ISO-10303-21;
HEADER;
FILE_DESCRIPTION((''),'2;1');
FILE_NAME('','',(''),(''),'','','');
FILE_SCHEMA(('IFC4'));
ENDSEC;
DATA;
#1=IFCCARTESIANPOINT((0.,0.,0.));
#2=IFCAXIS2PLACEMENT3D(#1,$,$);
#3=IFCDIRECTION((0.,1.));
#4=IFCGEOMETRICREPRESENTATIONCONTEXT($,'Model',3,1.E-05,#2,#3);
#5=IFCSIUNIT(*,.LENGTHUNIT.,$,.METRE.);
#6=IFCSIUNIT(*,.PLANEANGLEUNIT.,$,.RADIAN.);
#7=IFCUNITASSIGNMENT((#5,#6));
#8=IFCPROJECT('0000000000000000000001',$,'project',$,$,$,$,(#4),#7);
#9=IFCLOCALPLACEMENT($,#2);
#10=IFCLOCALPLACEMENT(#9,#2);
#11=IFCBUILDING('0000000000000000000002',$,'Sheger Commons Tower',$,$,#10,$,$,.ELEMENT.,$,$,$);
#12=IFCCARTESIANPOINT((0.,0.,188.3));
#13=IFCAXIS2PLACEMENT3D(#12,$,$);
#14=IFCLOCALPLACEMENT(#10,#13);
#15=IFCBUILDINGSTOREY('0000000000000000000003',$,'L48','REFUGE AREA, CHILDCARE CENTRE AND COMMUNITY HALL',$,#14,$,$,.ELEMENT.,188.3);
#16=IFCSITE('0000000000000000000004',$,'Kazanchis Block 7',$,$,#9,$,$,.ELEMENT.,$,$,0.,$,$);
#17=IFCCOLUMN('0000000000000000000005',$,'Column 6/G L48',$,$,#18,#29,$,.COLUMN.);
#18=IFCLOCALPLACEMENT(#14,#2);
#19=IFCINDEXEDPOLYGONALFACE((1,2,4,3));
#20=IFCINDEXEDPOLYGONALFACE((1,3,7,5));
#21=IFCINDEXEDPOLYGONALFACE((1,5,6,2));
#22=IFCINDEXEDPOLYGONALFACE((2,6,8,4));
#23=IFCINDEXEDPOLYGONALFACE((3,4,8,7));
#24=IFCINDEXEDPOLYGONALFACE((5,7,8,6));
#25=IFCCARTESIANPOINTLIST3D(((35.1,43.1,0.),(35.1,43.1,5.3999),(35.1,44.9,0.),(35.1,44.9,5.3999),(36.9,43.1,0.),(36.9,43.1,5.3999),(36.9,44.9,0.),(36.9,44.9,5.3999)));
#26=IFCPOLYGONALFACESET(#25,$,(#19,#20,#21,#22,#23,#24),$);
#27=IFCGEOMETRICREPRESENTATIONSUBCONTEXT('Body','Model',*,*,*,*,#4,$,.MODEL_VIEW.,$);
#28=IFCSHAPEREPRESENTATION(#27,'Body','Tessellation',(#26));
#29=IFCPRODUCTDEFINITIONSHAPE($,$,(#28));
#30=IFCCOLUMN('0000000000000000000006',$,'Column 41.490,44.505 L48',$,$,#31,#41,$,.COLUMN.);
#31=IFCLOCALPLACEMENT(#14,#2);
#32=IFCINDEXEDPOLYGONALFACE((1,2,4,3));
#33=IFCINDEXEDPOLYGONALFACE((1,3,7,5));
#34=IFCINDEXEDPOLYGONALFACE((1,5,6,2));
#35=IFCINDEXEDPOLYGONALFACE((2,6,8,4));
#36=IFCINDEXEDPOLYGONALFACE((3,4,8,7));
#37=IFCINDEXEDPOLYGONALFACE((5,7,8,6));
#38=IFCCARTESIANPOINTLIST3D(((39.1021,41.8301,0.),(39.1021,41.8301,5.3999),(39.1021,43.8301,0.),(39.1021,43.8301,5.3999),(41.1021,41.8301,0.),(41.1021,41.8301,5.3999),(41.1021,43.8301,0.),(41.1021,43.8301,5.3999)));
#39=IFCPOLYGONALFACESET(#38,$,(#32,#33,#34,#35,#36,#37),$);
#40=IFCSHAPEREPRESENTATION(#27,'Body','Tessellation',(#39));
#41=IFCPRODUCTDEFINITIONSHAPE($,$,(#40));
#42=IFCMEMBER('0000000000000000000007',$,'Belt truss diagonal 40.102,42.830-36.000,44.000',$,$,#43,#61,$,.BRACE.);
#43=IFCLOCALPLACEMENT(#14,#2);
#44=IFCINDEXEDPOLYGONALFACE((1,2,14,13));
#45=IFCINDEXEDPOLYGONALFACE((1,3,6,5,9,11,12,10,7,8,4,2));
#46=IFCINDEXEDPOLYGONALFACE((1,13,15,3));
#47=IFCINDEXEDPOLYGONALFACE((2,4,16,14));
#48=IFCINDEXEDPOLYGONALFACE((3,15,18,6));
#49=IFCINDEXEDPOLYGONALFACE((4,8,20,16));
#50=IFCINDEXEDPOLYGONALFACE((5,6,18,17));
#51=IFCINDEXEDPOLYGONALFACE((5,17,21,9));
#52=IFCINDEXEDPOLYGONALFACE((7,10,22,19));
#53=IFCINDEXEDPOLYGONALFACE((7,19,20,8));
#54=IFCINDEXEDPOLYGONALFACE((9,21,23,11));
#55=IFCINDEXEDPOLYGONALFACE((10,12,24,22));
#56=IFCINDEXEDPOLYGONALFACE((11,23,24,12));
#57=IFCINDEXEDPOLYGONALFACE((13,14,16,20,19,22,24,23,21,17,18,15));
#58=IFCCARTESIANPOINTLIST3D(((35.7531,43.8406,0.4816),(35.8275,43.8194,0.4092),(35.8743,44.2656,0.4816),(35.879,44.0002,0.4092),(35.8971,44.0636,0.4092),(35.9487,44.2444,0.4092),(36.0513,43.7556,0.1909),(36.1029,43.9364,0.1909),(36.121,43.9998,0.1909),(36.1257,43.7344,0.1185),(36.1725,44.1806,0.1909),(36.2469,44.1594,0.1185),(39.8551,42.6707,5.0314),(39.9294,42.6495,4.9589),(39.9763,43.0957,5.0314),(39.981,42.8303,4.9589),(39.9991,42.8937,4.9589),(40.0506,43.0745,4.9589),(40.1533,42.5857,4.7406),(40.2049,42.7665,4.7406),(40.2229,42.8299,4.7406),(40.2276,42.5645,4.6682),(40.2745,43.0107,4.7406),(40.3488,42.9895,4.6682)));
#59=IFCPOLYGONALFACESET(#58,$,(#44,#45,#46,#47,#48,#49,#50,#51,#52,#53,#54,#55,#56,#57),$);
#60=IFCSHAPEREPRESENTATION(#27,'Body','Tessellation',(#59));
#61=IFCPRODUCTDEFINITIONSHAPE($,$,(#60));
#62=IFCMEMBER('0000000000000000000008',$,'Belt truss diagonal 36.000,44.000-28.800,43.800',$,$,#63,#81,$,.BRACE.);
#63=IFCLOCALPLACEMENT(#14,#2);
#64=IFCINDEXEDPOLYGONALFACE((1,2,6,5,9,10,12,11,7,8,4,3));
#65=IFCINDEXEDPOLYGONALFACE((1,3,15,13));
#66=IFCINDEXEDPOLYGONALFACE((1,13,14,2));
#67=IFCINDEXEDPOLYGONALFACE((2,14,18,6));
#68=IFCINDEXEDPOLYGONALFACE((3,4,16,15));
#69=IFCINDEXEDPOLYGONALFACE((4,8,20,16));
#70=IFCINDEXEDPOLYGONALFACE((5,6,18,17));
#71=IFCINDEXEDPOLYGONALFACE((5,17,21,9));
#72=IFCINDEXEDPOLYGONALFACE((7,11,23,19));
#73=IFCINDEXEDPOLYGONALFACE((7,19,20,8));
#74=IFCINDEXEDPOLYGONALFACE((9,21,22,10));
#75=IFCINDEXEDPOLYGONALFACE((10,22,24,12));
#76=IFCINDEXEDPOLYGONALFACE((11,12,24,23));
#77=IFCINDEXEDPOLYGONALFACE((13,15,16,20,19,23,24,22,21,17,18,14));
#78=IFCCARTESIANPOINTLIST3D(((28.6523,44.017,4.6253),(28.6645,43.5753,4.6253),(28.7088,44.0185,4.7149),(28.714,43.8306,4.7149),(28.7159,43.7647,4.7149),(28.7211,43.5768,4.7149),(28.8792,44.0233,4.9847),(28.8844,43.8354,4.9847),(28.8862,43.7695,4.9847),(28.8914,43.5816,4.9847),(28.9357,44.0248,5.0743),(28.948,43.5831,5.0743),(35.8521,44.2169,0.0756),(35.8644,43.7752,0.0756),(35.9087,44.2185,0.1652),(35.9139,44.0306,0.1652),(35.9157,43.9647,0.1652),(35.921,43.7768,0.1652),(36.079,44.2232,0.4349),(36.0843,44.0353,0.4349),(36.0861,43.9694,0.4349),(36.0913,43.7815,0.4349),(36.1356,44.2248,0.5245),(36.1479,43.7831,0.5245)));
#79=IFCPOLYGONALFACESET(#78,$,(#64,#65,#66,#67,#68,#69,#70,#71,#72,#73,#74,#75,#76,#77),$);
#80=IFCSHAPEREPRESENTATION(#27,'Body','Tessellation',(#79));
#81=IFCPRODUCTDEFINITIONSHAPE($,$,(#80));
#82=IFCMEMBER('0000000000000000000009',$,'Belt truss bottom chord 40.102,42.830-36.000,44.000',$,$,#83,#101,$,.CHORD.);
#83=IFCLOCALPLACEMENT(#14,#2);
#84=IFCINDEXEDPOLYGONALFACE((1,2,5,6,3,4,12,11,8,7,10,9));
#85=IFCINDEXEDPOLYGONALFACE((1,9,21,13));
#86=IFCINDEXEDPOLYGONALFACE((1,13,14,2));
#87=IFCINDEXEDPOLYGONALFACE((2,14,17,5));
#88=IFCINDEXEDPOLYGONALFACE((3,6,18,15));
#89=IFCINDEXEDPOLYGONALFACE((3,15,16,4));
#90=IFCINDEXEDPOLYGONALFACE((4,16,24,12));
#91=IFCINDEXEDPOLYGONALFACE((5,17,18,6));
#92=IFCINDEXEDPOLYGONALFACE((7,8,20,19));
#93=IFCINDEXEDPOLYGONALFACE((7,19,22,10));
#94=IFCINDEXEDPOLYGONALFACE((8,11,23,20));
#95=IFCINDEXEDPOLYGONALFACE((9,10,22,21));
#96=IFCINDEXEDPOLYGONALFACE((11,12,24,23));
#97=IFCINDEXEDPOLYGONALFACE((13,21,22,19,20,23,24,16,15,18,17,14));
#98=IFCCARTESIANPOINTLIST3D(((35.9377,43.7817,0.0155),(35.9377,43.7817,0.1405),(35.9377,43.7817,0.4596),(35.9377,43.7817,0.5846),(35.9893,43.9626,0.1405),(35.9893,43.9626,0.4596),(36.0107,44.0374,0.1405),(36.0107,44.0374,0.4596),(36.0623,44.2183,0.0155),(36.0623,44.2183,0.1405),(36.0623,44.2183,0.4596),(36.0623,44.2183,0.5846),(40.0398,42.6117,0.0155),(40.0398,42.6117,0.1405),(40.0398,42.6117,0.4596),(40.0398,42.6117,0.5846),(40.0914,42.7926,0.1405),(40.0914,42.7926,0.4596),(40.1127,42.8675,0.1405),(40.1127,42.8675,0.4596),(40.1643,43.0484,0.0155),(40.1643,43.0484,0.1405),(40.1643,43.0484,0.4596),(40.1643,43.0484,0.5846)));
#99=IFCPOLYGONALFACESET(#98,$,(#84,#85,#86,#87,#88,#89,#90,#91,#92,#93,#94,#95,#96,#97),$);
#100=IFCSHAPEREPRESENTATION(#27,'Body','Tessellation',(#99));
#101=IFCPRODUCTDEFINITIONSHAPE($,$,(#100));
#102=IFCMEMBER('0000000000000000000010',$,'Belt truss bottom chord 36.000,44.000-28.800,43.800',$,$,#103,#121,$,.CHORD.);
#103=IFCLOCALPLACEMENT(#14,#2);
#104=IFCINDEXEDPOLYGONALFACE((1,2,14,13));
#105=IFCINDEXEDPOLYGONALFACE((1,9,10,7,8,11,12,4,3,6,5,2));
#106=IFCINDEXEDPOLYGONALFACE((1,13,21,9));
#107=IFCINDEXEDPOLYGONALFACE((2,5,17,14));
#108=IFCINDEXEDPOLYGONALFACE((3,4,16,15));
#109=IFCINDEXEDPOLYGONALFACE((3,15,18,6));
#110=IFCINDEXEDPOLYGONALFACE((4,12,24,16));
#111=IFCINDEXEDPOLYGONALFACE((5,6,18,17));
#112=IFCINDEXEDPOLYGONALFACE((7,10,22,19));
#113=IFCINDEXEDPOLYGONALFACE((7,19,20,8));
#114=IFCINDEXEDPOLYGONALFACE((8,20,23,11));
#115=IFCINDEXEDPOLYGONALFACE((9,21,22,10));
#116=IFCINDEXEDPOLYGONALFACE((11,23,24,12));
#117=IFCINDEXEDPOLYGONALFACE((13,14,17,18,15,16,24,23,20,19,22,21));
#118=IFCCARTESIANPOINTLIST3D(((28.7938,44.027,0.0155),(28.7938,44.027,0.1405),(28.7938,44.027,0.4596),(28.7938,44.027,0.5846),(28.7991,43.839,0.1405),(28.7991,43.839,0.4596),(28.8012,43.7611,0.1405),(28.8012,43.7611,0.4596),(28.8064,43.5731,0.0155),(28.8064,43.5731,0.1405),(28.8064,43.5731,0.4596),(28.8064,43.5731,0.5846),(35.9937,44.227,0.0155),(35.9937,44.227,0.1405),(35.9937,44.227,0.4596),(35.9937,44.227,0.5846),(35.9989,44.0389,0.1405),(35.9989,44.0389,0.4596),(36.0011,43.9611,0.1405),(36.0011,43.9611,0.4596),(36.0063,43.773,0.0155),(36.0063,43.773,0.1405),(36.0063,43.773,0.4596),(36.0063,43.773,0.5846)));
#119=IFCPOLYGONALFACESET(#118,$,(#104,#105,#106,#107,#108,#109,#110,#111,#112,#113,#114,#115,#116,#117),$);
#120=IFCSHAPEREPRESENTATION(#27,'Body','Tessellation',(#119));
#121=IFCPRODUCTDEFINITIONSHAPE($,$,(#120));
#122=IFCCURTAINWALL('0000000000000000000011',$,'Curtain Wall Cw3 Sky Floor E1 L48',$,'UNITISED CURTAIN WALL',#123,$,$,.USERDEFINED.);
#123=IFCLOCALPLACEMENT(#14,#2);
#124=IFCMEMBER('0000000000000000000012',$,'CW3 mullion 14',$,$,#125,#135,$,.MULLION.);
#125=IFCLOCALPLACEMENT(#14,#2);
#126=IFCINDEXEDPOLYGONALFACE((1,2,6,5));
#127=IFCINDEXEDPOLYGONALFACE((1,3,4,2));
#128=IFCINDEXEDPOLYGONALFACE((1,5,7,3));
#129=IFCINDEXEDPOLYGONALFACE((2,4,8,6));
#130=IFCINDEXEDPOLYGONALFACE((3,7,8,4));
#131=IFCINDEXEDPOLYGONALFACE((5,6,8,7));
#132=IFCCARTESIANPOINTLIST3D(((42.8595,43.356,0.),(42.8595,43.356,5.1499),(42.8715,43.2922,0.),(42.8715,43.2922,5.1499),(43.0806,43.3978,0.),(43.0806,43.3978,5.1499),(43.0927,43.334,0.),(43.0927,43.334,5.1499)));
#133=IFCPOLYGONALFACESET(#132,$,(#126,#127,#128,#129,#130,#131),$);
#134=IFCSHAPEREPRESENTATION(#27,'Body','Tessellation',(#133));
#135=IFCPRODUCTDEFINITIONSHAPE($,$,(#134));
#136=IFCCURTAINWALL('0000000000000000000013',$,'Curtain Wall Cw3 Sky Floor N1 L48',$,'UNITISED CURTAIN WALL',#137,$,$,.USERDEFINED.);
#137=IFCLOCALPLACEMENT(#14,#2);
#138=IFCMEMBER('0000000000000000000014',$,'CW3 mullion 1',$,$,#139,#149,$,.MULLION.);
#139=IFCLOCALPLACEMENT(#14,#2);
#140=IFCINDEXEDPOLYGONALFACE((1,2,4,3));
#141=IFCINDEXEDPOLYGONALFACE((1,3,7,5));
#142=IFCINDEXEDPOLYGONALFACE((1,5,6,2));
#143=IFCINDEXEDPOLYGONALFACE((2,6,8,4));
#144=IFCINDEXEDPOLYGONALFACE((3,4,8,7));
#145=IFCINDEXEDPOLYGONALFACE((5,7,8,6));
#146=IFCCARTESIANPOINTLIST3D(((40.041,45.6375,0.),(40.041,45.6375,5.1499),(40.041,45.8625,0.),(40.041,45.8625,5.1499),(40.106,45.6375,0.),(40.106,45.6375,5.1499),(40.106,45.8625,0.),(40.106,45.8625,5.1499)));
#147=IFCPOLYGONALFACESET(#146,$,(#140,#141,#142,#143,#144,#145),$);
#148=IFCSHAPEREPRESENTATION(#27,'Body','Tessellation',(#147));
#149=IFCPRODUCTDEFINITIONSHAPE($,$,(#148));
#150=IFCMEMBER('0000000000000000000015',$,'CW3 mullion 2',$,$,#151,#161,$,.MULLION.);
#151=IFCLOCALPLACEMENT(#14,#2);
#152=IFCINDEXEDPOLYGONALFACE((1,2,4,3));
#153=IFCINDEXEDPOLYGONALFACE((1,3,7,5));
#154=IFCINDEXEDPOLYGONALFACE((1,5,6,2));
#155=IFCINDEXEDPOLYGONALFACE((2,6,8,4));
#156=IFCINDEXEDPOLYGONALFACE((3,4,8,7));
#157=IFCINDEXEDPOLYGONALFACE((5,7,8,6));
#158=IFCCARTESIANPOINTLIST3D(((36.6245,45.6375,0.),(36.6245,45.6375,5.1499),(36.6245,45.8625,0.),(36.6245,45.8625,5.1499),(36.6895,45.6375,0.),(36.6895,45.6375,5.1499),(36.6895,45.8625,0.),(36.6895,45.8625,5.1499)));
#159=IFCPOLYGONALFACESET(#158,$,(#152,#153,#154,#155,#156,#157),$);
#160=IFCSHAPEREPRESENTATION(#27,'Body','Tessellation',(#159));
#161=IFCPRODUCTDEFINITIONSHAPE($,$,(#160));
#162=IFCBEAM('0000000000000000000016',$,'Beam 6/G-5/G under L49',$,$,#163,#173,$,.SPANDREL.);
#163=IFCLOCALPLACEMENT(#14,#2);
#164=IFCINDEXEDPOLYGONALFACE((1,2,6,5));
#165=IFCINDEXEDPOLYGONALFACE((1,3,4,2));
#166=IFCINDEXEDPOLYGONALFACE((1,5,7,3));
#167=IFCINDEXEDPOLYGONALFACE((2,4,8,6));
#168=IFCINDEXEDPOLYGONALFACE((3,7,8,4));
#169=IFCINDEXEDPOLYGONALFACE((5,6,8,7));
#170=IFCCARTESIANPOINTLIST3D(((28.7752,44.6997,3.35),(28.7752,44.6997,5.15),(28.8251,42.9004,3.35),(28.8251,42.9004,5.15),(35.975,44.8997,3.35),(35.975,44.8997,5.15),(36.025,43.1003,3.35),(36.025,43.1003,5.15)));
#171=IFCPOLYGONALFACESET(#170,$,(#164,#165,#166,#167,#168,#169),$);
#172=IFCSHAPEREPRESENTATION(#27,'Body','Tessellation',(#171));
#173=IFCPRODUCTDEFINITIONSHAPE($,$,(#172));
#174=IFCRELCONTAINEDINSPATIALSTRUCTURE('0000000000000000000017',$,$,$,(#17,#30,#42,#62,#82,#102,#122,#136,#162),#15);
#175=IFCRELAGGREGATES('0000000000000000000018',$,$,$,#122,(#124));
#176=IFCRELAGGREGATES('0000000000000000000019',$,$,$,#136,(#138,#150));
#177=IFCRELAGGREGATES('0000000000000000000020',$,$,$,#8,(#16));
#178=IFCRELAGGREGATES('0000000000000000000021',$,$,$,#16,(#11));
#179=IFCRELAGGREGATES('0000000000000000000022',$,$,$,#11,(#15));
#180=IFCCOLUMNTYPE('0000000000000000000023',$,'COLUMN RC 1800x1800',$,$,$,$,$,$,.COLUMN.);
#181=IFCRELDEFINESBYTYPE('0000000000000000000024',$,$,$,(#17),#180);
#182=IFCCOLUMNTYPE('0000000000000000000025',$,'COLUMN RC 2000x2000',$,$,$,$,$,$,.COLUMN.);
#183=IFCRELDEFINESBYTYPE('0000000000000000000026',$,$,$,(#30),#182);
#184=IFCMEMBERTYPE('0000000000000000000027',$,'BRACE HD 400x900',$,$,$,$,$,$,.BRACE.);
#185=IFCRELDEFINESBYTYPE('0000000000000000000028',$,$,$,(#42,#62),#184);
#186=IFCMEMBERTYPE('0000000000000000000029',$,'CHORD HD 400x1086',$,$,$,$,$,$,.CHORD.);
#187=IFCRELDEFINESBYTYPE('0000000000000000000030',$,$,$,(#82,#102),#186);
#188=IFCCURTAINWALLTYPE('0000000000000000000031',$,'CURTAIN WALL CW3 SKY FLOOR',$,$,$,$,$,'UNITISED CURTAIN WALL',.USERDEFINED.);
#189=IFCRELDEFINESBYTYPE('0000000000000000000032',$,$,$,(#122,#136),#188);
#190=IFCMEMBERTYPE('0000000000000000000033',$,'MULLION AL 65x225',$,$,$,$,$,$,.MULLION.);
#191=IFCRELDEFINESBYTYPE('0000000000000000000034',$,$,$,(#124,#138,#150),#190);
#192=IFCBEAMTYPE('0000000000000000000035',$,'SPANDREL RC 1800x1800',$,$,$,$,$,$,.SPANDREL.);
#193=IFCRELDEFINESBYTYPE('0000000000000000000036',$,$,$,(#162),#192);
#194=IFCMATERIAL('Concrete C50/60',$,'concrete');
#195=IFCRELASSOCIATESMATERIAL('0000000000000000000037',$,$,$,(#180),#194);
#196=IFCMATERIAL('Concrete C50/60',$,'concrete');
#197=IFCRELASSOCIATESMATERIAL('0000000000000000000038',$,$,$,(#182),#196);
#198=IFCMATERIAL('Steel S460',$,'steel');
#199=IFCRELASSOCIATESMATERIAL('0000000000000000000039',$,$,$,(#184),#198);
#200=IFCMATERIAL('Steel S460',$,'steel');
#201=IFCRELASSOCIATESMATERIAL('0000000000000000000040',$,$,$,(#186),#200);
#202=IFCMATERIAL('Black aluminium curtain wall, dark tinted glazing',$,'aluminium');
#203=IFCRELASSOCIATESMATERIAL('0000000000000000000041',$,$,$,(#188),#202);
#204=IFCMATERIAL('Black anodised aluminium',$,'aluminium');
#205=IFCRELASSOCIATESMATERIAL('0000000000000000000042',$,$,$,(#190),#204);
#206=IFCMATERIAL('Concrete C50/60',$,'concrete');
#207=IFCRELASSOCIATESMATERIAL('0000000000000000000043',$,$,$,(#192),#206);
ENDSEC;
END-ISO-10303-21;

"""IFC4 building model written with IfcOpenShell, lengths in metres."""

from ifc_helpers import new_model, si_unit, direction, frame, origin, origin_2d, place, context, subcontext, project, spatial, rectangle, i_section, extrude, material, material_profile, profile_set, type_object, element, aggregate, save


model = new_model("IFC4")

# Units and contexts
model_context = context("Model", 3, precision=1e-05, world=origin(), true_north=direction((0.0, 1.0)))
body_context = subcontext(model_context, "Body", "Model", "MODEL_VIEW")
ifc_project = project(units=[si_unit("LENGTHUNIT", "METRE"), si_unit("PLANEANGLEUNIT", "RADIAN")], contexts=[model_context])

# Site, building, storey
site_placement = place(None, origin())
site = spatial("IfcSite", under=ifc_project, at=site_placement, Name="Kazanchis Block 7", CompositionType="ELEMENT", RefElevation=0.0)
building_placement = place(site_placement, origin())
building = spatial("IfcBuilding", under=site, at=building_placement, Name="Sheger Commons Tower", CompositionType="ELEMENT")
storey_placement = place(building_placement, frame((0.0, 0.0, 188.3)))
storey = spatial("IfcBuildingStorey", under=building, at=storey_placement, Name="L48", Description="REFUGE AREA, CHILDCARE CENTRE AND COMMUNITY HALL", CompositionType="ELEMENT", Elevation=188.3)

# Columns
ifc_material_1 = material(Name="Concrete C50/60", Category="concrete")
ifc_material_profile_1 = material_profile(ifc_material_1, rectangle(XDim=1.8, YDim=1.8, at=origin_2d()), Name="RC 1800x1800")
ifc_profile_set_1 = profile_set([ifc_material_profile_1], Name="Concrete C50/60")
column_type_1 = type_object("IfcColumnType", Name="COLUMN RC 1800x1800", PredefinedType="COLUMN", material=ifc_profile_set_1)
column_1_placement = place(storey_placement, frame((36.0, 44.0, 0.0), z_axis=(0.0, 0.0, 1.0), x_axis=(1.0, 0.0, 0.0)))
element("IfcColumn", 1, at=column_1_placement, inside=storey, type_object=column_type_1, Name="Column 6/G L48", PredefinedType="COLUMN", context=body_context, shape_type="SweptSolid", body=[
    extrude(rectangle(XDim=1.8, YDim=1.8, at=origin_2d()), origin(), (0.0, 0.0, 1.0), 5.3999),
])
ifc_material_2 = material(Name="Concrete C50/60", Category="concrete")
ifc_material_profile_2 = material_profile(ifc_material_2, rectangle(XDim=2.0, YDim=2.0, at=origin_2d()), Name="RC 2000x2000")
ifc_profile_set_2 = profile_set([ifc_material_profile_2], Name="Concrete C50/60")
column_type_2 = type_object("IfcColumnType", Name="COLUMN RC 2000x2000", PredefinedType="COLUMN", material=ifc_profile_set_2)
column_2_placement = place(storey_placement, frame((40.1021, 42.8301, 0.0), z_axis=(0.0, 0.0, 1.0), x_axis=(1.0, 0.0, 0.0)))
element("IfcColumn", 2, at=column_2_placement, inside=storey, type_object=column_type_2, Name="Column 41.490,44.505 L48", PredefinedType="COLUMN", context=body_context, shape_type="SweptSolid", body=[
    extrude(rectangle(XDim=2.0, YDim=2.0, at=origin_2d()), origin(), (0.0, 0.0, 1.0), 5.3999),
])

# Members
ifc_material_3 = material(Name="Steel S460", Category="steel")
ifc_material_profile_3 = material_profile(ifc_material_3, i_section(OverallWidth=0.4419, OverallDepth=0.531, WebThickness=0.0659, FlangeThickness=0.106, at=origin_2d()), Name="HD 400x900")
ifc_profile_set_3 = profile_set([ifc_material_profile_3], Name="Steel S460")
member_type_1 = type_object("IfcMemberType", Name="BRACE HD 400x900", PredefinedType="BRACE", material=ifc_profile_set_3)
member_1_placement = place(storey_placement, frame((36.0, 44.0, 0.3), z_axis=(0.657729, -0.187587, 0.729523), x_axis=(0.274268, 0.961653, 0.0)))
element("IfcMember", 3, at=member_1_placement, inside=storey, type_object=member_type_1, Name="Belt truss diagonal 40.102,42.830-36.000,44.000", PredefinedType="BRACE", context=body_context, shape_type="SweptSolid", body=[
    extrude(i_section(OverallWidth=0.4419, OverallDepth=0.531, WebThickness=0.0659, FlangeThickness=0.106, at=origin_2d()), origin(), (0.0, 0.0, 1.0), 6.2366),
])
member_2_placement = place(storey_placement, frame((36.0, 44.0, 0.3), z_axis=(-0.845125, -0.02347, 0.534053), x_axis=(0.02776, -0.999615, 0.0)))
element("IfcMember", 4, at=member_2_placement, inside=storey, type_object=member_type_1, Name="Belt truss diagonal 36.000,44.000-28.800,43.800", PredefinedType="BRACE", context=body_context, shape_type="SweptSolid", body=[
    extrude(i_section(OverallWidth=0.4419, OverallDepth=0.531, WebThickness=0.0659, FlangeThickness=0.106, at=origin_2d()), origin(), (0.0, 0.0, 1.0), 8.5193),
])
ifc_material_4 = material(Name="Steel S460", Category="steel")
ifc_material_profile_4 = material_profile(ifc_material_4, i_section(OverallWidth=0.4541, OverallDepth=0.5691, WebThickness=0.0779, FlangeThickness=0.125, at=origin_2d()), Name="HD 400x1086")
ifc_profile_set_4 = profile_set([ifc_material_profile_4], Name="Steel S460")
member_type_2 = type_object("IfcMemberType", Name="CHORD HD 400x1086", PredefinedType="CHORD", material=ifc_profile_set_4)
member_3_placement = place(storey_placement, frame((40.1021, 42.8301, 0.3), z_axis=(-0.961653, 0.274268, 0.0), x_axis=(-0.274268, -0.961653, 0.0)))
element("IfcMember", 5, at=member_3_placement, inside=storey, type_object=member_type_2, Name="Belt truss bottom chord 40.102,42.830-36.000,44.000", PredefinedType="CHORD", context=body_context, shape_type="SweptSolid", body=[
    extrude(i_section(OverallWidth=0.4541, OverallDepth=0.5691, WebThickness=0.0779, FlangeThickness=0.125, at=origin_2d()), origin(), (0.0, 0.0, 1.0), 4.2656),
])
member_4_placement = place(storey_placement, frame((36.0, 44.0, 0.3), z_axis=(-0.999615, -0.02776, 0.0), x_axis=(0.02776, -0.999615, 0.0)))
element("IfcMember", 6, at=member_4_placement, inside=storey, type_object=member_type_2, Name="Belt truss bottom chord 36.000,44.000-28.800,43.800", PredefinedType="CHORD", context=body_context, shape_type="SweptSolid", body=[
    extrude(i_section(OverallWidth=0.4541, OverallDepth=0.5691, WebThickness=0.0779, FlangeThickness=0.125, at=origin_2d()), origin(), (0.0, 0.0, 1.0), 7.2026),
])

# Curtain wall, member
ifc_material_5 = material(Name="Black aluminium curtain wall, dark tinted glazing", Category="aluminium")
curtain_wall_type = type_object("IfcCurtainWallType", Name="CURTAIN WALL CW3 SKY FLOOR", ElementType="UNITISED CURTAIN WALL", PredefinedType="USERDEFINED", material=ifc_material_5)
curtain_wall_1_placement = place(storey_placement, origin())
curtain_wall_1 = element("IfcCurtainWall", 7, at=curtain_wall_1_placement, inside=storey, type_object=curtain_wall_type, Name="Curtain Wall Cw3 Sky Floor E1 L48", ObjectType="UNITISED CURTAIN WALL", PredefinedType="USERDEFINED")
ifc_material_6 = material(Name="Black anodised aluminium", Category="aluminium")
ifc_material_profile_5 = material_profile(ifc_material_6, rectangle(XDim=0.2251, YDim=0.0649, at=origin_2d()), Name="AL 65x225")
ifc_profile_set_5 = profile_set([ifc_material_profile_5], Name="Black anodised aluminium")
member_type_3 = type_object("IfcMemberType", Name="MULLION AL 65x225", PredefinedType="MULLION", material=ifc_profile_set_5)
member_5_placement = place(storey_placement, frame((42.9761, 43.345, 0.0), z_axis=(0.0, 0.0, 1.0), x_axis=(-0.982624, -0.18561, 0.0)))
member_5 = element("IfcMember", 8, at=member_5_placement, type_object=member_type_3, Name="CW3 mullion 14", PredefinedType="MULLION", context=body_context, shape_type="SweptSolid", body=[
    extrude(rectangle(XDim=0.2251, YDim=0.0649, at=origin_2d()), origin(), (0.0, 0.0, 1.0), 5.1499),
])

# Curtain wall, members
curtain_wall_2_placement = place(storey_placement, origin())
curtain_wall_2 = element("IfcCurtainWall", 9, at=curtain_wall_2_placement, inside=storey, type_object=curtain_wall_type, Name="Curtain Wall Cw3 Sky Floor N1 L48", ObjectType="UNITISED CURTAIN WALL", PredefinedType="USERDEFINED")
member_6_placement = place(storey_placement, frame((40.0735, 45.75, 0.0), z_axis=(0.0, 0.0, 1.0), x_axis=(0.0, -1.0, 0.0)))
member_6 = element("IfcMember", 10, at=member_6_placement, type_object=member_type_3, Name="CW3 mullion 1", PredefinedType="MULLION", context=body_context, shape_type="SweptSolid", body=[
    extrude(rectangle(XDim=0.2251, YDim=0.0649, at=origin_2d()), origin(), (0.0, 0.0, 1.0), 5.1499),
])
member_7_placement = place(storey_placement, frame((36.657, 45.75, 0.0), z_axis=(0.0, 0.0, 1.0), x_axis=(0.0, -1.0, 0.0)))
member_7 = element("IfcMember", 11, at=member_7_placement, type_object=member_type_3, Name="CW3 mullion 2", PredefinedType="MULLION", context=body_context, shape_type="SweptSolid", body=[
    extrude(rectangle(XDim=0.2251, YDim=0.0649, at=origin_2d()), origin(), (0.0, 0.0, 1.0), 5.1499),
])

# Beam
ifc_material_7 = material(Name="Concrete C50/60", Category="concrete")
ifc_material_profile_6 = material_profile(ifc_material_7, rectangle(XDim=1.8, YDim=1.8, at=origin_2d()), Name="RC 1800x1800")
ifc_profile_set_6 = profile_set([ifc_material_profile_6], Name="Concrete C50/60")
beam_type_1 = type_object("IfcBeamType", Name="SPANDREL RC 1800x1800", PredefinedType="SPANDREL", material=ifc_profile_set_6)
beam_1_placement = place(storey_placement, frame((36.0, 44.0, 4.25), z_axis=(-0.999615, -0.02776, 0.0), x_axis=(0.02776, -0.999615, 0.0)))
element("IfcBeam", 12, at=beam_1_placement, inside=storey, type_object=beam_type_1, Name="Beam 6/G-5/G under L49", PredefinedType="SPANDREL", context=body_context, shape_type="SweptSolid", body=[
    extrude(rectangle(XDim=1.8, YDim=1.8, at=origin_2d()), origin(), (0.0, 0.0, 1.0), 7.2026),
])

aggregate(curtain_wall_1, [member_5])
aggregate(curtain_wall_2, [member_6, member_7])

save(model, "model.ifc")
